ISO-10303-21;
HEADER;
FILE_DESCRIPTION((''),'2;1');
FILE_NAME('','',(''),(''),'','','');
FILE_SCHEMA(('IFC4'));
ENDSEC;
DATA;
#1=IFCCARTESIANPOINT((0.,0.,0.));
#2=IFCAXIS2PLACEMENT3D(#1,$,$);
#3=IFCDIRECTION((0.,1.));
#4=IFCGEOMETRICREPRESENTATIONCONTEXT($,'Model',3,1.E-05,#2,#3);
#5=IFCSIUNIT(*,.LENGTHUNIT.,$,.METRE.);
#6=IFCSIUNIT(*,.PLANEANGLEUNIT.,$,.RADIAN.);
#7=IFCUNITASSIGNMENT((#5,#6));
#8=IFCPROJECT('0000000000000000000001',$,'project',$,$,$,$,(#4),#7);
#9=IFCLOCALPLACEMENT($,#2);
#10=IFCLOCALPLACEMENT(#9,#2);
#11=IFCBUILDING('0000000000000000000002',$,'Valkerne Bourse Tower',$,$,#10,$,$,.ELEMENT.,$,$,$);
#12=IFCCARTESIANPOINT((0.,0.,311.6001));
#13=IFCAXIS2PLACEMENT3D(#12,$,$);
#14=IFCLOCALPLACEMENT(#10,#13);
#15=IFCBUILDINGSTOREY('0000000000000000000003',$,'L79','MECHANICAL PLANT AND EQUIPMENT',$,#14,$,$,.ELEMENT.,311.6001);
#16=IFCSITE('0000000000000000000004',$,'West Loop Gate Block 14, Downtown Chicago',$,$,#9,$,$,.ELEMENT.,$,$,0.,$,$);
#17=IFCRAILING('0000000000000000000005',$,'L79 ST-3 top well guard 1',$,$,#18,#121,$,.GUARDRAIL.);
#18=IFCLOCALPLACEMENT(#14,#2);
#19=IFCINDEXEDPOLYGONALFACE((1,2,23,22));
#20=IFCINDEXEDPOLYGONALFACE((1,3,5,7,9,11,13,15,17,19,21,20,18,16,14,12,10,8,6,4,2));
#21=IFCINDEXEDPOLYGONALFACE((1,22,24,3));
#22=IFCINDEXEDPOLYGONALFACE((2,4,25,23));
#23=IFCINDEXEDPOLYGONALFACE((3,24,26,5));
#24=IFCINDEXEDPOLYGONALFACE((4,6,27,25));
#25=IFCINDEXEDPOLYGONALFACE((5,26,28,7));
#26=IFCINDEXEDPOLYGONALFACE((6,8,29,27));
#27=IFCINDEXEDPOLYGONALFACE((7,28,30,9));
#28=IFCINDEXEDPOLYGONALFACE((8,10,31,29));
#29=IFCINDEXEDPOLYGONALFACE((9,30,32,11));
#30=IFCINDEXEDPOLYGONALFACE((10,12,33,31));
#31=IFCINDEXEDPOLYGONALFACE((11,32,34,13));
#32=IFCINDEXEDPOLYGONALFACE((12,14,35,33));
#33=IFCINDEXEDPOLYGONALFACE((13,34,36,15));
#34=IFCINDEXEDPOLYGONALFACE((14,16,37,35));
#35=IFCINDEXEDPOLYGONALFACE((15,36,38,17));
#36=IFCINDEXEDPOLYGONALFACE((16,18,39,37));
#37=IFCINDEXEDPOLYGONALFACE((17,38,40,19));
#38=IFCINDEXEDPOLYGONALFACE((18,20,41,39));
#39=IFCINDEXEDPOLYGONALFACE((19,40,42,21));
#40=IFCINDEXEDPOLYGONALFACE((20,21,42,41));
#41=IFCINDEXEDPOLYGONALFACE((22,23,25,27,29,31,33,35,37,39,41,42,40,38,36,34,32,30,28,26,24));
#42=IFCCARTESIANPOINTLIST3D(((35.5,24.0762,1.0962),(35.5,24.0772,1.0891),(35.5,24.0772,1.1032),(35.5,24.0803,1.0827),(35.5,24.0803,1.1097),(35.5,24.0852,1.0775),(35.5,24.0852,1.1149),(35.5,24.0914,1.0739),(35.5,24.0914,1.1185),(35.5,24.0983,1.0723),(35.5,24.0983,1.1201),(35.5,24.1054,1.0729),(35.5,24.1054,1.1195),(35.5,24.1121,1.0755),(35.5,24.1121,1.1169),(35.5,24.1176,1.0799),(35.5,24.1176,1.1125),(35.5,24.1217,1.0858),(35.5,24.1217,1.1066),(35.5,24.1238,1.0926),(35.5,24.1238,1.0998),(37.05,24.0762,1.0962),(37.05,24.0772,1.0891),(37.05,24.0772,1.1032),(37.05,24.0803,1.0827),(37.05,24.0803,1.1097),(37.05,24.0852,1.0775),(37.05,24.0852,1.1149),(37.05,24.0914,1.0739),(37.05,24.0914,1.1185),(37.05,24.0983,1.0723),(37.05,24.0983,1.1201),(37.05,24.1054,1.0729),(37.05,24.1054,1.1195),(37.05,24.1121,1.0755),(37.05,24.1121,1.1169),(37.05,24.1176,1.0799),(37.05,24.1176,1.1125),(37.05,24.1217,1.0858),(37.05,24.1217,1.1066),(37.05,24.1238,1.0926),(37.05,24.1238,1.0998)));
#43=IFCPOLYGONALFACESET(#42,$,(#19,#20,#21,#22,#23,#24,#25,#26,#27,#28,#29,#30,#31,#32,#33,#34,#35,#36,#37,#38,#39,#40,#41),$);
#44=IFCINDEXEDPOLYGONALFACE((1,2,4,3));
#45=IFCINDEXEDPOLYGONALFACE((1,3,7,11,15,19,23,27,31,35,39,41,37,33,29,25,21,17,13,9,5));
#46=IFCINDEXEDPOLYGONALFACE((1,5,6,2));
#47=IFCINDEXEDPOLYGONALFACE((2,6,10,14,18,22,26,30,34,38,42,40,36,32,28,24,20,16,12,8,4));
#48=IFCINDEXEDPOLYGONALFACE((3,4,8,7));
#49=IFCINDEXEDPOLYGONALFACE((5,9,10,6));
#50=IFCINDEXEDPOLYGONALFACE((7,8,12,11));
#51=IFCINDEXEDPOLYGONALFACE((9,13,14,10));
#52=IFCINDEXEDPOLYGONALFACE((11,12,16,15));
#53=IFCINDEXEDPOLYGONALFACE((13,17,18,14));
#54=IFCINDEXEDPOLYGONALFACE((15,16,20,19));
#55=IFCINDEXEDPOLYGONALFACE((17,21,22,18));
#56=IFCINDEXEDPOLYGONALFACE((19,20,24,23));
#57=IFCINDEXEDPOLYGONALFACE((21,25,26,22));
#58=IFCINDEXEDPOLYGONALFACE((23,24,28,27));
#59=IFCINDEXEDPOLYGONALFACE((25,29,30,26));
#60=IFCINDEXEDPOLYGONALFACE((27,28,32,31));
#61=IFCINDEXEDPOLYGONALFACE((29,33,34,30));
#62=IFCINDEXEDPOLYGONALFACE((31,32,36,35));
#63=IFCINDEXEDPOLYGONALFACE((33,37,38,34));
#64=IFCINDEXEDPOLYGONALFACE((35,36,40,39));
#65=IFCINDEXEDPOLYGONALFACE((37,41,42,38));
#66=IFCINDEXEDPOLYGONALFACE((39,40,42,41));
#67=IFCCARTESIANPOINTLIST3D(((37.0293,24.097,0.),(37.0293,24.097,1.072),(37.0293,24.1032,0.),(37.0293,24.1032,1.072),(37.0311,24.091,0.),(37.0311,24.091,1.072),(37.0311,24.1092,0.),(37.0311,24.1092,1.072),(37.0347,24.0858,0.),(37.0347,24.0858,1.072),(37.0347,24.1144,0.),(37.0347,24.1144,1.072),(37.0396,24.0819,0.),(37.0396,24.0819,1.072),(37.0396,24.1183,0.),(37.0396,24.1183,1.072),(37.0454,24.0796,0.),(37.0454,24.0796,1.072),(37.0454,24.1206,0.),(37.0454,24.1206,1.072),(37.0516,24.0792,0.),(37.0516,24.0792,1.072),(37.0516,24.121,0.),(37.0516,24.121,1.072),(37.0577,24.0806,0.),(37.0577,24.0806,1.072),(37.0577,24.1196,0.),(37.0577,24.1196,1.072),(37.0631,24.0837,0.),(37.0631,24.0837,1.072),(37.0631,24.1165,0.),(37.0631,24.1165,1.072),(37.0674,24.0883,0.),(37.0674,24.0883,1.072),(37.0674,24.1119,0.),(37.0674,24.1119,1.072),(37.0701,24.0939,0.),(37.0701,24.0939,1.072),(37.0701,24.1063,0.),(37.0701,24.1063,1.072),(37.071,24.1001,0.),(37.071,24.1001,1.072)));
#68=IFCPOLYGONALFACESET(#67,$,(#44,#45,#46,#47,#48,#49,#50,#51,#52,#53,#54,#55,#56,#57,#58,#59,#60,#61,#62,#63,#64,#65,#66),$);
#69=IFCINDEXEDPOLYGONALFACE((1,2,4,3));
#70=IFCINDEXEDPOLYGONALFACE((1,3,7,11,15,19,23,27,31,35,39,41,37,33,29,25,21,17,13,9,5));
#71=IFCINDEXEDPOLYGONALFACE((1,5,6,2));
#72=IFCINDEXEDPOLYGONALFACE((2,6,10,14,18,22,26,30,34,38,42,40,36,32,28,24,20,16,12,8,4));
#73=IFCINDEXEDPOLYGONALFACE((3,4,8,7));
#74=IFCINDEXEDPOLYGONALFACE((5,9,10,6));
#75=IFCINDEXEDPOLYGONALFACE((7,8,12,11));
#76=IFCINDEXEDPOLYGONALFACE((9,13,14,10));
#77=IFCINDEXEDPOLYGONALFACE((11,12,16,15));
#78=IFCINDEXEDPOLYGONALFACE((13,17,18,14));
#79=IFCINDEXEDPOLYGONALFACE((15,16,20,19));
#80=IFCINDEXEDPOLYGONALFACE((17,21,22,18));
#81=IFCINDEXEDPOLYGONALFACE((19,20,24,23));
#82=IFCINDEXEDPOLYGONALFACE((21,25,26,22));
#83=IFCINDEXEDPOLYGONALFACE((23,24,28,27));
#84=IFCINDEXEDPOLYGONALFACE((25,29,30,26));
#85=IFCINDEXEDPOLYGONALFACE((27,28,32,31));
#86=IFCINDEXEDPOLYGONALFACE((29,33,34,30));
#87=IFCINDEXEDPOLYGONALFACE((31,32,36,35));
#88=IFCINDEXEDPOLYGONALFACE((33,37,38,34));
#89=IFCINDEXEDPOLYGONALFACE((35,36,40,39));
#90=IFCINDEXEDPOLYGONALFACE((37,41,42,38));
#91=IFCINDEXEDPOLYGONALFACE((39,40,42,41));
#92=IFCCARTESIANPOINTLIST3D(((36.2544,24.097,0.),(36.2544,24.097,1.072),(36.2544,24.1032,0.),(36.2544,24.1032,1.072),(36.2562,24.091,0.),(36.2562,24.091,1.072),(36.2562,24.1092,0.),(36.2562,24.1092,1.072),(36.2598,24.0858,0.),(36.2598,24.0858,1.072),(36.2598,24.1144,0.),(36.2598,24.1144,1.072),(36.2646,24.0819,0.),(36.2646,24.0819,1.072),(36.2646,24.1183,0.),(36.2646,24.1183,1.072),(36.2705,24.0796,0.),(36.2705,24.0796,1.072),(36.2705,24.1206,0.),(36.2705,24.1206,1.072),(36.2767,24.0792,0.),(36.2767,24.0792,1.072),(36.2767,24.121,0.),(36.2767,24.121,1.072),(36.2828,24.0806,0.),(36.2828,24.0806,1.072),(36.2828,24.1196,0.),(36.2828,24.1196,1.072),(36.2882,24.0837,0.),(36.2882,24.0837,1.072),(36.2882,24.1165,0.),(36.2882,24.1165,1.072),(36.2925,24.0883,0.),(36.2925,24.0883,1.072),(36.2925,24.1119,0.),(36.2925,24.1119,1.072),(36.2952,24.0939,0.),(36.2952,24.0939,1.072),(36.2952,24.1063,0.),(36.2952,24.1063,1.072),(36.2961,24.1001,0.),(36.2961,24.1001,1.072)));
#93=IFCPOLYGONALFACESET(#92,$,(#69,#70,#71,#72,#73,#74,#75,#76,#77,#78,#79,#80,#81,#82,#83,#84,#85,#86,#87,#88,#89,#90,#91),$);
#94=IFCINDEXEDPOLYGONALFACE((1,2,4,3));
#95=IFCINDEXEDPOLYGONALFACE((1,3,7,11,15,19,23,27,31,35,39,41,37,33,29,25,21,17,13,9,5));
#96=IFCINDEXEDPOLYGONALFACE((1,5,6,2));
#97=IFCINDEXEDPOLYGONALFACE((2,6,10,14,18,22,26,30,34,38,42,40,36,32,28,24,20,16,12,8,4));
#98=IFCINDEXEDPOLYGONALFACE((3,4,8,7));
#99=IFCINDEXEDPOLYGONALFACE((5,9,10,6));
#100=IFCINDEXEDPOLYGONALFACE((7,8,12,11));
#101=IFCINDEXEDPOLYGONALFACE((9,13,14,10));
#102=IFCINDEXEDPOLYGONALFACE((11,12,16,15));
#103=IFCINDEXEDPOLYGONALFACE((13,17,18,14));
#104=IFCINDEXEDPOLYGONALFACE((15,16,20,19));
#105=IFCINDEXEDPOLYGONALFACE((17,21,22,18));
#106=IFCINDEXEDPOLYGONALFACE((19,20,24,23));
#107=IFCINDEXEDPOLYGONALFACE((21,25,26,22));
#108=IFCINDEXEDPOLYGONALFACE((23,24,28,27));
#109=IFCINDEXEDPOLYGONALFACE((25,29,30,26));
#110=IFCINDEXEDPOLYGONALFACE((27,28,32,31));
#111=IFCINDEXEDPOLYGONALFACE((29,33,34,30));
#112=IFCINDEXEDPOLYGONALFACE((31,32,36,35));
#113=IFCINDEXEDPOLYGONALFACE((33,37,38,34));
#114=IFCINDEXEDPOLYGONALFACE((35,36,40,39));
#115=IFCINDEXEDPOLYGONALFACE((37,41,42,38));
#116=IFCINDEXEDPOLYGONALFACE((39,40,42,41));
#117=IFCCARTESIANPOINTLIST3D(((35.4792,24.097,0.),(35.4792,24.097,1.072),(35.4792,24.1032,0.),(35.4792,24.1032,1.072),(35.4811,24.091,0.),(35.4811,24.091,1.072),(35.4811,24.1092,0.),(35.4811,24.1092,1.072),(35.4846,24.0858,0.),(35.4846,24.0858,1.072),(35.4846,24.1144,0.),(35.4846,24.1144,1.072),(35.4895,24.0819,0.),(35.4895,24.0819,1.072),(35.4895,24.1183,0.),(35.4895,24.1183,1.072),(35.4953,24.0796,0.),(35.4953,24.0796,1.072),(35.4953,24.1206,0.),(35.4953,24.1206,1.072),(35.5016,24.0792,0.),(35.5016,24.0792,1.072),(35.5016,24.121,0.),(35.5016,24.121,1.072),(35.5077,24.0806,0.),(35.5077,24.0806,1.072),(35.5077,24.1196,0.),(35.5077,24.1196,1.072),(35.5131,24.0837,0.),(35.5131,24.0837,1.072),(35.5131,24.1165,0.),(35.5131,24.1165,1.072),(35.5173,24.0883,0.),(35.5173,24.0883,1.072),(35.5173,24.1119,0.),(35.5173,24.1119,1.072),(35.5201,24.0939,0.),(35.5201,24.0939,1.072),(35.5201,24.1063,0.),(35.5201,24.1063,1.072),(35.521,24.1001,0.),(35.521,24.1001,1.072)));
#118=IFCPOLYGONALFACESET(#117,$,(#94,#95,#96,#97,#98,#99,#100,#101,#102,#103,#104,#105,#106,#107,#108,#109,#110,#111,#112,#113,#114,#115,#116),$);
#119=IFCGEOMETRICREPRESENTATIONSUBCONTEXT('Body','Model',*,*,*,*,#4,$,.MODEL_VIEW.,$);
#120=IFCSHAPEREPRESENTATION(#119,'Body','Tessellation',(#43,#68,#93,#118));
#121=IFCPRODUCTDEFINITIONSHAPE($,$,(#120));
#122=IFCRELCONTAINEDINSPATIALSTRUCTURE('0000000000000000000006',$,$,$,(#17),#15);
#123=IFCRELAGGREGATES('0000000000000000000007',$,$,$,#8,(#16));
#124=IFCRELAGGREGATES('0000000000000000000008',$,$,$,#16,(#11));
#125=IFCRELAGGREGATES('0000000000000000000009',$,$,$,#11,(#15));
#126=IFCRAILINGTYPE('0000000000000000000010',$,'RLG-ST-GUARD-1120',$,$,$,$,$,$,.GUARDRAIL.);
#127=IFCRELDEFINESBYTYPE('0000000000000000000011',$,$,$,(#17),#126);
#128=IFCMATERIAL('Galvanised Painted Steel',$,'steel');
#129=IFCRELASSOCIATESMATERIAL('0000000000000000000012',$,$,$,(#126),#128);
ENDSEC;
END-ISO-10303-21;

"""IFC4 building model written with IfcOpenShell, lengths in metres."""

from ifc_helpers import new_model, si_unit, direction, frame, origin, origin_2d, place, context, subcontext, project, spatial, circle, extrude, material, type_object, element, save


model = new_model("IFC4")

# Units and contexts
model_context = context("Model", 3, precision=1e-05, world=origin(), true_north=direction((0.0, 1.0)))
body_context = subcontext(model_context, "Body", "Model", "MODEL_VIEW")
ifc_project = project(units=[si_unit("LENGTHUNIT", "METRE"), si_unit("PLANEANGLEUNIT", "RADIAN")], contexts=[model_context])

# Site, building, storey
site_placement = place(None, origin())
site = spatial("IfcSite", under=ifc_project, at=site_placement, Name="West Loop Gate Block 14, Downtown Chicago", CompositionType="ELEMENT", RefElevation=0.0)
building_placement = place(site_placement, origin())
building = spatial("IfcBuilding", under=site, at=building_placement, Name="Valkerne Bourse Tower", CompositionType="ELEMENT")
storey_placement = place(building_placement, frame((0.0, 0.0, 311.6001)))
storey = spatial("IfcBuildingStorey", under=building, at=storey_placement, Name="L79", Description="MECHANICAL PLANT AND EQUIPMENT", CompositionType="ELEMENT", Elevation=311.6001)

# Railing
ifc_material_1 = material(Name="Galvanised Painted Steel", Category="steel")
railing_type = type_object("IfcRailingType", Name="RLG-ST-GUARD-1120", PredefinedType="GUARDRAIL", material=ifc_material_1)
railing_1_placement = place(storey_placement, frame((37.05, 24.1001, 0.0)))
element("IfcRailing", 1, at=railing_1_placement, inside=storey, type_object=railing_type, Name="L79 ST-3 top well guard 1", PredefinedType="GUARDRAIL", context=body_context, shape_type="SweptSolid", body=[
    extrude(circle(Radius=0.0239, at=origin_2d()), frame((0.0, 0.0, 1.0962), z_axis=(-1.0, 0.0, 0.0), x_axis=(0.0, -1.0, 0.0)), (0.0, 0.0, 1.0), 1.55),
    extrude(circle(Radius=0.021, at=origin_2d()), origin(), (0.0, 0.0, 1.0), 1.072),
    extrude(circle(Radius=0.021, at=origin_2d()), frame((-0.7749, 0.0, 0.0)), (0.0, 0.0, 1.0), 1.072),
    extrude(circle(Radius=0.021, at=origin_2d()), frame((-1.55, 0.0, 0.0)), (0.0, 0.0, 1.0), 1.072),
])

save(model, "model.ifc")
